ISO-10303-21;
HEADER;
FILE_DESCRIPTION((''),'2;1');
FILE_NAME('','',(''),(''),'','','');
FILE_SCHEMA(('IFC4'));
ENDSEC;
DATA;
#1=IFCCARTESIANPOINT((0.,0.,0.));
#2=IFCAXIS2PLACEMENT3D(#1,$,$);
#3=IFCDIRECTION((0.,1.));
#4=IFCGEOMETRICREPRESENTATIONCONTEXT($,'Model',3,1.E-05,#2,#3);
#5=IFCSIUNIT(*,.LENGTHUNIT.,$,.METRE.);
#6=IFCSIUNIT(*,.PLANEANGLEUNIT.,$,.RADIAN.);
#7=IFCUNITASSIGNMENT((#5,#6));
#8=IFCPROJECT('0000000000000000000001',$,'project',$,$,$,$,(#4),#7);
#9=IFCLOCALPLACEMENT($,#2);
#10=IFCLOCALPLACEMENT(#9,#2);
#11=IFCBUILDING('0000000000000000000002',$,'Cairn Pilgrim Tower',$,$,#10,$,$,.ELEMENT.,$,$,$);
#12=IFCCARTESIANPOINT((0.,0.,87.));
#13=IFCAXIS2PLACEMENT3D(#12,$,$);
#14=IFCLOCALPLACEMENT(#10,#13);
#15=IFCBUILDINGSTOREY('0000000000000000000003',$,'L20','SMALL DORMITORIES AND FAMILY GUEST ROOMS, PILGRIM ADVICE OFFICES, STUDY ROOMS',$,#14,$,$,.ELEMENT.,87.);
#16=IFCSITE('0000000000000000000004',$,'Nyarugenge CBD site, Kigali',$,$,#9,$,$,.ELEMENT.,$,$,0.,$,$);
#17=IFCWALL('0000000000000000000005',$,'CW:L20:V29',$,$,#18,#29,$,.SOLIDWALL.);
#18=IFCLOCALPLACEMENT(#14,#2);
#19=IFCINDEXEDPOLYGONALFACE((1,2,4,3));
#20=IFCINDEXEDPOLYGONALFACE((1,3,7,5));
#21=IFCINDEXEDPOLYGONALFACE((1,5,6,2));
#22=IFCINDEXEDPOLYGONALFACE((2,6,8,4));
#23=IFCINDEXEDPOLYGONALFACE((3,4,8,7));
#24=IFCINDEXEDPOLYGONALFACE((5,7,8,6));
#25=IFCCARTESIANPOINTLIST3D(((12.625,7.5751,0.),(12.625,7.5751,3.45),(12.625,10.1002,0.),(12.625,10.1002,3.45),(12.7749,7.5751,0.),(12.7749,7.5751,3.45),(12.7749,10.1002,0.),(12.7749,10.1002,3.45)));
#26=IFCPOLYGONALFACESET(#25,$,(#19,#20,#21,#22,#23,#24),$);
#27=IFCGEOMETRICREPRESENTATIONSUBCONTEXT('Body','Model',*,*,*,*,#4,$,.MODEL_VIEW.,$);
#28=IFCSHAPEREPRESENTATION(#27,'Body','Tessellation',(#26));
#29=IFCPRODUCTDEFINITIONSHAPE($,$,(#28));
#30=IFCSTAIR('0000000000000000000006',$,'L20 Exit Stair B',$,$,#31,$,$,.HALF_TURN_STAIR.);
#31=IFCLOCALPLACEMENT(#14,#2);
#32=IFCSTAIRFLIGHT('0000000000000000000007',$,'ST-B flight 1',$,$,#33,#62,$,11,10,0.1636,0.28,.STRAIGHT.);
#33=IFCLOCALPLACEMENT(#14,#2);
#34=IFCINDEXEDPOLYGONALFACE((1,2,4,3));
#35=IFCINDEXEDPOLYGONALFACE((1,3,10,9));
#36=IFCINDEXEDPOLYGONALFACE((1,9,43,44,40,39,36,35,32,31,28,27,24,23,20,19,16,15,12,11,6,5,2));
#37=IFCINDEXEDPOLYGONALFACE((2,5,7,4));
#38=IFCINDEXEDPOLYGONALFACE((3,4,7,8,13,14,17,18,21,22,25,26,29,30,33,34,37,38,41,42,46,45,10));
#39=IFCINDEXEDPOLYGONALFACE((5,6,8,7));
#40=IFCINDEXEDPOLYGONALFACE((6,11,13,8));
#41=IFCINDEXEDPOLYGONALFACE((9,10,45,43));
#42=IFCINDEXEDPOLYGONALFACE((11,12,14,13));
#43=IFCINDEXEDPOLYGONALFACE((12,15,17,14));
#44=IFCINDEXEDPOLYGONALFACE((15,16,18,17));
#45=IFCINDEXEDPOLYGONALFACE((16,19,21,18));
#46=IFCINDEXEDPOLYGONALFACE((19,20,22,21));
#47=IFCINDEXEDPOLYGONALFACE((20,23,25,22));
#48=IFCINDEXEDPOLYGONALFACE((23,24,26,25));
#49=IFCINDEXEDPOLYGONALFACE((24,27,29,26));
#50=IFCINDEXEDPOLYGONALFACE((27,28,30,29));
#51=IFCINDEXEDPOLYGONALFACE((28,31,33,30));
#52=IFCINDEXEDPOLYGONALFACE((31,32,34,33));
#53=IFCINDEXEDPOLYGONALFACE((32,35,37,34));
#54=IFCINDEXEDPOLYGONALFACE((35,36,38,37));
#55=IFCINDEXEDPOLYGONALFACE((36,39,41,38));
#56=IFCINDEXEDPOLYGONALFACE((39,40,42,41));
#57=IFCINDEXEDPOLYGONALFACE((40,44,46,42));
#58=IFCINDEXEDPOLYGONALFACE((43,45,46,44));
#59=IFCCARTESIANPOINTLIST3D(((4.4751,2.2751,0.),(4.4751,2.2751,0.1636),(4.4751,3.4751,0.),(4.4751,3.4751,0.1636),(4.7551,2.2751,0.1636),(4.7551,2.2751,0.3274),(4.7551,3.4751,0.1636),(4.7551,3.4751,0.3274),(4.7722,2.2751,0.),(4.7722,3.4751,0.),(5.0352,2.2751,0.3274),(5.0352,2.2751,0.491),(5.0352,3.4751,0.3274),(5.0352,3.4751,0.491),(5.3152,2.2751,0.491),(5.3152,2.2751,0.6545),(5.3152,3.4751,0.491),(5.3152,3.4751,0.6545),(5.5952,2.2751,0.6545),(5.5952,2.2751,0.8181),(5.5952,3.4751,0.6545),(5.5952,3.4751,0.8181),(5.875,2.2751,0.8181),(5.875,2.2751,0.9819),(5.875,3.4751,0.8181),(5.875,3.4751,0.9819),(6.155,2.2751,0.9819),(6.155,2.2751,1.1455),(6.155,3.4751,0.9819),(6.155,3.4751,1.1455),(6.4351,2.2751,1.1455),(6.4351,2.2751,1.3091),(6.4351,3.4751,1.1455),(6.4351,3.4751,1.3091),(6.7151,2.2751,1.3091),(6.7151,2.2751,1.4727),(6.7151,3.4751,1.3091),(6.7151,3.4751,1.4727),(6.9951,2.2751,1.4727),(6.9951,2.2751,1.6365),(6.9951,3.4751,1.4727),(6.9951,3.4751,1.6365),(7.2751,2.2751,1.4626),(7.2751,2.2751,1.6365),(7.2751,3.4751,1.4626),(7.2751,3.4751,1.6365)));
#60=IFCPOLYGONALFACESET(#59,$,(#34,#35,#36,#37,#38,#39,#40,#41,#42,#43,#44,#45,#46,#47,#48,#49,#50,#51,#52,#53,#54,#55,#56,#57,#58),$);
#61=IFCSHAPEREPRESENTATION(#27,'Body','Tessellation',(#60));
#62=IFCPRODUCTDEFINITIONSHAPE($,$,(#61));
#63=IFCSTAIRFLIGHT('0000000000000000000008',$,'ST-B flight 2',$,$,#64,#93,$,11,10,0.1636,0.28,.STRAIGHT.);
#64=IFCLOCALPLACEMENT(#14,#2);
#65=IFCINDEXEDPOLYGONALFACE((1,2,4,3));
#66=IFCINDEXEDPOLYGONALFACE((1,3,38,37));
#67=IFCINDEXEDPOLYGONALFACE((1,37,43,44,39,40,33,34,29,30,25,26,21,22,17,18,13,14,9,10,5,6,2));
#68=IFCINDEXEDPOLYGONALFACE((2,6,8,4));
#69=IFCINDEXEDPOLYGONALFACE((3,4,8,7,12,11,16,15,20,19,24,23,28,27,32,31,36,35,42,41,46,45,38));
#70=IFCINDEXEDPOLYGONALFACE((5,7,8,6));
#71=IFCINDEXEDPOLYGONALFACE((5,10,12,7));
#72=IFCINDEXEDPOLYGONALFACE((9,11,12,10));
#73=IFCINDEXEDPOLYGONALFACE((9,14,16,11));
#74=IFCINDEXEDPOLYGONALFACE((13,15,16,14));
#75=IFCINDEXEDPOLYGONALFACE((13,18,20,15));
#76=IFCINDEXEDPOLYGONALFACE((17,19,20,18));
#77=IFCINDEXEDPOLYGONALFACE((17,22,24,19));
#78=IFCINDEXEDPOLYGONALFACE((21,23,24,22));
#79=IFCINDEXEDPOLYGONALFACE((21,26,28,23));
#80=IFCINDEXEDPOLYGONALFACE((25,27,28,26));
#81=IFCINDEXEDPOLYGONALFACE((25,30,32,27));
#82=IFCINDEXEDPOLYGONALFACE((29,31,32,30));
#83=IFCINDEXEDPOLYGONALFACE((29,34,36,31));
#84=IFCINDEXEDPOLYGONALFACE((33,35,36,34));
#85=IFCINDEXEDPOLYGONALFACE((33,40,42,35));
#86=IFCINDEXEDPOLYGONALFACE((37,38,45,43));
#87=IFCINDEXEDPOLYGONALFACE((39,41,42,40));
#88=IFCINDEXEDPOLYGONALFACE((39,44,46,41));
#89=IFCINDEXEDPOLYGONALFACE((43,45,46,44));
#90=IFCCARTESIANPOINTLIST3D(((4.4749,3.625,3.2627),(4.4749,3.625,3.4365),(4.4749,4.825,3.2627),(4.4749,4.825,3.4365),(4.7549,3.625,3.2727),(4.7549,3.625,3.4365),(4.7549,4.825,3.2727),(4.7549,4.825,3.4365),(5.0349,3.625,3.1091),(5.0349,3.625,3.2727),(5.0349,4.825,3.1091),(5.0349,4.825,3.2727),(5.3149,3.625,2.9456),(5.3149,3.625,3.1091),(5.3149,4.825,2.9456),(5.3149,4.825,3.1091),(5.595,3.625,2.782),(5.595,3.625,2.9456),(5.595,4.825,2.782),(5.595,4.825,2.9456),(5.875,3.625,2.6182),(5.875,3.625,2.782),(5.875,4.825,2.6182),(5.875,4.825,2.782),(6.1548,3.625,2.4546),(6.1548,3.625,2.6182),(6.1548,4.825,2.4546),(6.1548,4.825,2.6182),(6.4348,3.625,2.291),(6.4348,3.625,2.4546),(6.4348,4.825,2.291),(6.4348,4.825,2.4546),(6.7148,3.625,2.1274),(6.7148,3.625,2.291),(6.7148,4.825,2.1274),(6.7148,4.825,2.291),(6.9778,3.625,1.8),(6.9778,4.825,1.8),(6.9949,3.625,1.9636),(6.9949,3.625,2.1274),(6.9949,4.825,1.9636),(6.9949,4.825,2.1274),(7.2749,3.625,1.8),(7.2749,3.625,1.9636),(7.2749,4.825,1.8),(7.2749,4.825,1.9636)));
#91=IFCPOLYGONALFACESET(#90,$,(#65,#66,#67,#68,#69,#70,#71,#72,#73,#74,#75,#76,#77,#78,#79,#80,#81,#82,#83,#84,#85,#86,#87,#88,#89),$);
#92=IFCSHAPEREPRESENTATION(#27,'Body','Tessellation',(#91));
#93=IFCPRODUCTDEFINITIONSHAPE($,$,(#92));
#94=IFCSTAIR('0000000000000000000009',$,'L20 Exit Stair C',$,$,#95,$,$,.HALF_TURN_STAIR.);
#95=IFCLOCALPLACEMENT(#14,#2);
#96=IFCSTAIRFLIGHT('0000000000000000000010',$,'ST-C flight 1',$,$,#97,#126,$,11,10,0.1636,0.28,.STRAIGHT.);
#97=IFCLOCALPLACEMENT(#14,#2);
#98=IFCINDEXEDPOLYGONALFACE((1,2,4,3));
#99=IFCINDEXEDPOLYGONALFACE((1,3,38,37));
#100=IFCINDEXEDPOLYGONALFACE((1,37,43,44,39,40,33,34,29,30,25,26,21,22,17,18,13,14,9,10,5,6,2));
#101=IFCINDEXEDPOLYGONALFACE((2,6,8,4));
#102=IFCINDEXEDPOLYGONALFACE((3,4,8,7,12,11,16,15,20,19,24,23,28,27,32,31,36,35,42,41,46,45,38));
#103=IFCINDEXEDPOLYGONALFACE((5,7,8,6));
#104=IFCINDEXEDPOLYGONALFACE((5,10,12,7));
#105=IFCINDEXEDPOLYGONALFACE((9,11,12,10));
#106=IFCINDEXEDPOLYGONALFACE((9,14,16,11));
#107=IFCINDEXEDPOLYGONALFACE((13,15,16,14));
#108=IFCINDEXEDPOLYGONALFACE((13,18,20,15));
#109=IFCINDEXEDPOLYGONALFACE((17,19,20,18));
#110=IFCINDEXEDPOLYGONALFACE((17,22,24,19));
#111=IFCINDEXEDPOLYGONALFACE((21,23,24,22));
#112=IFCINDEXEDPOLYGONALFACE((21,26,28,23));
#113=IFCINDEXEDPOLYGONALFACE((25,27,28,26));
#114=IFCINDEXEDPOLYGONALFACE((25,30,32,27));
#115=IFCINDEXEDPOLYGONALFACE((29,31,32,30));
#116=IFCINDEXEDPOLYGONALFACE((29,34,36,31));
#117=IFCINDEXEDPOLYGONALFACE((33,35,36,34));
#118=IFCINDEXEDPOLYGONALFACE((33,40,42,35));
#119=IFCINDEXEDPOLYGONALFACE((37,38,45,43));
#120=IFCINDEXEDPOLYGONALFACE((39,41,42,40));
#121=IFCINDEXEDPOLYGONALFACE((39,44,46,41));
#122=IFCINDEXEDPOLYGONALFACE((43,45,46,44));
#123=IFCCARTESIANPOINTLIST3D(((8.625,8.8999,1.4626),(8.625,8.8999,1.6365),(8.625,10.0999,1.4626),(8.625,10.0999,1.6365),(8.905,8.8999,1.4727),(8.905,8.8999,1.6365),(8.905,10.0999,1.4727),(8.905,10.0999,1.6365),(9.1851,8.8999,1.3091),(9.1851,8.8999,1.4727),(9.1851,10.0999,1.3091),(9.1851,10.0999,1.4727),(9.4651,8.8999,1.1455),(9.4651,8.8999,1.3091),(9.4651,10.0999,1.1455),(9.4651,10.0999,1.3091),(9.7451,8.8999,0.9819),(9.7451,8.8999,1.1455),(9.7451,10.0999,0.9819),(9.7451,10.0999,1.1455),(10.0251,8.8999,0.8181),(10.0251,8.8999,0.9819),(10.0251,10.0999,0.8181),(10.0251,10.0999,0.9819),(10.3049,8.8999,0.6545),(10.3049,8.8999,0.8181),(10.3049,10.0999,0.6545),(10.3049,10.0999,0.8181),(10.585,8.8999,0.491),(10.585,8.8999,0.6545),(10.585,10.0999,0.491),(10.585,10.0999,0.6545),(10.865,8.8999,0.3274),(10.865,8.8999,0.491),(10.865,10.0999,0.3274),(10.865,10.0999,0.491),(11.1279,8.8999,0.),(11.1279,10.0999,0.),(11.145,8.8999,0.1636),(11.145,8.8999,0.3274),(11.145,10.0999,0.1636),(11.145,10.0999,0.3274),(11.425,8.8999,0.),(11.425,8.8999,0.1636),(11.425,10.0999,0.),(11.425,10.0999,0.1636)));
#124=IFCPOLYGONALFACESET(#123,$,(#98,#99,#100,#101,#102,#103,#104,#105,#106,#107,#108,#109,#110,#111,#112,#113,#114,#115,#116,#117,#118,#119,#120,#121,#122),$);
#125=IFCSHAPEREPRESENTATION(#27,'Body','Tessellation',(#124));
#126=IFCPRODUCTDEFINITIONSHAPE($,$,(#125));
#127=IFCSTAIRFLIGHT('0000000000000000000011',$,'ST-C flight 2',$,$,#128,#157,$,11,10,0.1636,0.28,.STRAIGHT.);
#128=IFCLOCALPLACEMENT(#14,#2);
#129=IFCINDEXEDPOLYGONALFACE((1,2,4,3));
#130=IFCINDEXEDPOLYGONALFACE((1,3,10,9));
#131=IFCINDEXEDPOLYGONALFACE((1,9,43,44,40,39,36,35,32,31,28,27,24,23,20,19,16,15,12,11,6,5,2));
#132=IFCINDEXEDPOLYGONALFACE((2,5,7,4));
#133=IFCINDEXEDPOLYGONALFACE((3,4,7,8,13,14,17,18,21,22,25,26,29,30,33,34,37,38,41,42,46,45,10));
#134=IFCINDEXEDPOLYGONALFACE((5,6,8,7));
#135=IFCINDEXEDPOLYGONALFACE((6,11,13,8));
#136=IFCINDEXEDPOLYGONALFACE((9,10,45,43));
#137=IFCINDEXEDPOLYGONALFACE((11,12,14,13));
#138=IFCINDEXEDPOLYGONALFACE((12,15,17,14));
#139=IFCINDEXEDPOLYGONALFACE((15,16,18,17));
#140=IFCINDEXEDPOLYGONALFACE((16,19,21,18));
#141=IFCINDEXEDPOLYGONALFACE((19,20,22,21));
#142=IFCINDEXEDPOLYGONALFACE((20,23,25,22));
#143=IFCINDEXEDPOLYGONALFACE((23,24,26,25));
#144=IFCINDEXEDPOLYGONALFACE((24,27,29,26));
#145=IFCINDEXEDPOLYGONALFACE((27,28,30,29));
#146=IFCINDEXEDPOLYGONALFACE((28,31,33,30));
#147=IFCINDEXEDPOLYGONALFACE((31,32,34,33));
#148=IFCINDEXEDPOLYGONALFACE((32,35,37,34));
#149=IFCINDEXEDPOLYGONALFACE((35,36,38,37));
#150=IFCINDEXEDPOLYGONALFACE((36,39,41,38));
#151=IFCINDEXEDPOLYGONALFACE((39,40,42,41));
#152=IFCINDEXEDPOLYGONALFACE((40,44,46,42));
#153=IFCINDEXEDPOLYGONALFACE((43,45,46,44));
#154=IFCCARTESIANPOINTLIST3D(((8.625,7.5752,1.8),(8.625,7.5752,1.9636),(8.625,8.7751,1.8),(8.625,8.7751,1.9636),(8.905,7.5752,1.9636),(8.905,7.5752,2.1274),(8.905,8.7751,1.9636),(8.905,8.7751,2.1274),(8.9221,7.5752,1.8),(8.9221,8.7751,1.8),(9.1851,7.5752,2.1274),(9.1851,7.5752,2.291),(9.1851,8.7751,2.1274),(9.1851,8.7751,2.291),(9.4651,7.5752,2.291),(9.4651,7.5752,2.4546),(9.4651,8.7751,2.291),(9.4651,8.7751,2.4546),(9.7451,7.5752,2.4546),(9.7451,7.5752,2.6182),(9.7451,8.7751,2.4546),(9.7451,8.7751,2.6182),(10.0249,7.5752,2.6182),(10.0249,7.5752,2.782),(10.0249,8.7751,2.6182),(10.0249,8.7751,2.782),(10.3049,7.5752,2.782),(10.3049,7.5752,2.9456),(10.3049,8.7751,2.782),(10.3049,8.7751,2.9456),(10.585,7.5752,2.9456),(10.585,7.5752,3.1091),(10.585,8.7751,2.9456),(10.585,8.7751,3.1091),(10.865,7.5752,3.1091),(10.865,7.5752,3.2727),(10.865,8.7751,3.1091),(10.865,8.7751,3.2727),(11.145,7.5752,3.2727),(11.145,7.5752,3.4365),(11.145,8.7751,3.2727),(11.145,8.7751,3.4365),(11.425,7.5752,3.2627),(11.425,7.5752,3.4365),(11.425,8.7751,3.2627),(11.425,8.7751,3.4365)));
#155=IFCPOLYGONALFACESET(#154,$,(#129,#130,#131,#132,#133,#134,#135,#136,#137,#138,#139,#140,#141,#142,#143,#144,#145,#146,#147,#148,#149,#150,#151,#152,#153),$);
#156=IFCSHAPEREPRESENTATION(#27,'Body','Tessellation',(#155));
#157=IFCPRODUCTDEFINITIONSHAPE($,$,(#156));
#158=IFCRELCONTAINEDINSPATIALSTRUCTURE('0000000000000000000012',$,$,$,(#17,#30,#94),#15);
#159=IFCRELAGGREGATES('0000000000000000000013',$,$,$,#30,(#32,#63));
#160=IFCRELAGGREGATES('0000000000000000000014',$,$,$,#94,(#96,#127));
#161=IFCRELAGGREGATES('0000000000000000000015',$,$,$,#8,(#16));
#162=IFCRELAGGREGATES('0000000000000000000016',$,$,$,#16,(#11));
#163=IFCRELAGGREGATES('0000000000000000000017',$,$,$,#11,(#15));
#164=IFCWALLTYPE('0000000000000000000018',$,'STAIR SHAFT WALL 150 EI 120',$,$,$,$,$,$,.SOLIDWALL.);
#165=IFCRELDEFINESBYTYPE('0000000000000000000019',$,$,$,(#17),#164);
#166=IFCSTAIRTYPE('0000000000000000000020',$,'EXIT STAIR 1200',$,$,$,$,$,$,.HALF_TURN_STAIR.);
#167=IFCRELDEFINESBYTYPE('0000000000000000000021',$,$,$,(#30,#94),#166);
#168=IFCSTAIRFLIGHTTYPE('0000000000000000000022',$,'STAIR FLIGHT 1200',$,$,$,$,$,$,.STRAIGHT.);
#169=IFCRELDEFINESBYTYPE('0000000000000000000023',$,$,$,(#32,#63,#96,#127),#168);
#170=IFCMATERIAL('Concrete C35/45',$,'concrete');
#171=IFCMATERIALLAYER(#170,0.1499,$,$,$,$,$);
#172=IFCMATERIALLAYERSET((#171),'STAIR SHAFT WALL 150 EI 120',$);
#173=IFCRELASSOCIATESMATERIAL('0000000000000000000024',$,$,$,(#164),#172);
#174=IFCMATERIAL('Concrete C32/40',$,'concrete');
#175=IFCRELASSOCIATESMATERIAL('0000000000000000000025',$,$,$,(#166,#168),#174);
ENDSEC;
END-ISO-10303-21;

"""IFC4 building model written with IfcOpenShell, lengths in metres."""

from ifc_helpers import new_model, si_unit, direction, frame, frame_2d, origin, place, context, subcontext, project, spatial, polyline, rectangle, outline, extrude, material, layer, layer_set, type_object, element, aggregate, save


model = new_model("IFC4")

# Units and contexts
model_context = context("Model", 3, precision=1e-05, world=origin(), true_north=direction((0.0, 1.0)))
body_context = subcontext(model_context, "Body", "Model", "MODEL_VIEW")
ifc_project = project(units=[si_unit("LENGTHUNIT", "METRE"), si_unit("PLANEANGLEUNIT", "RADIAN")], contexts=[model_context])

# Site, building, storey
site_placement = place(None, origin())
site = spatial("IfcSite", under=ifc_project, at=site_placement, Name="Nyarugenge CBD site, Kigali", CompositionType="ELEMENT", RefElevation=0.0)
building_placement = place(site_placement, origin())
building = spatial("IfcBuilding", under=site, at=building_placement, Name="Cairn Pilgrim Tower", CompositionType="ELEMENT")
storey_placement = place(building_placement, frame((0.0, 0.0, 87.0)))
storey = spatial("IfcBuildingStorey", under=building, at=storey_placement, Name="L20", Description="SMALL DORMITORIES AND FAMILY GUEST ROOMS, PILGRIM ADVICE OFFICES, STUDY ROOMS", CompositionType="ELEMENT", Elevation=87.0)

# Shared definitions
ifc_material_1 = material(Name="Concrete C32/40", Category="concrete")

# Shared definitions
ifc_material_2 = material(Name="Concrete C35/45", Category="concrete")
ifc_layer_1 = layer(ifc_material_2, 0.1499)
ifc_layer_set_1 = layer_set([ifc_layer_1], Name="STAIR SHAFT WALL 150 EI 120")
wall_type_1 = type_object("IfcWallType", Name="STAIR SHAFT WALL 150 EI 120", PredefinedType="SOLIDWALL", material=ifc_layer_set_1)

# Wall
wall_1_placement = place(storey_placement, frame((12.7, 7.575, 0.0), z_axis=(0.0, 0.0, 1.0), x_axis=(0.0, 1.0, 0.0)))
element("IfcWall", 1, at=wall_1_placement, inside=storey, type_object=wall_type_1, Name="CW:L20:V29", PredefinedType="SOLIDWALL", context=body_context, shape_type="SweptSolid", body=[
    extrude(rectangle(XDim=2.5251, YDim=0.1499, at=frame_2d((1.2627, 0.0))), origin(), (0.0, 0.0, 1.0), 3.45),
])

# Stairs, stair flights
stair_type = type_object("IfcStairType", Name="EXIT STAIR 1200", PredefinedType="HALF_TURN_STAIR", material=ifc_material_1)
stair_1_placement = place(storey_placement, origin())
stair_1 = element("IfcStair", 2, at=stair_1_placement, inside=storey, type_object=stair_type, Name="L20 Exit Stair B", PredefinedType="HALF_TURN_STAIR")
stair_flight_type = type_object("IfcStairFlightType", Name="STAIR FLIGHT 1200", PredefinedType="STRAIGHT", material=ifc_material_1)
stair_flight_1_placement = place(storey_placement, frame((4.4751, 2.875, 0.0), z_axis=(0.0, 0.0, 1.0), x_axis=(1.0, 0.0, 0.0)))
stair_flight_1 = element("IfcStairFlight", 3, at=stair_flight_1_placement, type_object=stair_flight_type, Name="ST-B flight 1", NumberOfRisers=11, NumberOfTreads=10, PredefinedType="STRAIGHT", RiserHeight=0.1636, TreadLength=0.28, context=body_context, shape_type="SweptSolid", body=[
    extrude(outline(polyline([(0.0, 0.0), (0.0, 0.1636), (0.28, 0.1636), (0.28, 0.3274), (0.5601, 0.3274), (0.5601, 0.491), (0.8401, 0.491), (0.8401, 0.6545), (1.1201, 0.6545), (1.1201, 0.8181), (1.3999, 0.8181), (1.3999, 0.9819), (1.6799, 0.9819), (1.6799, 1.1455), (1.96, 1.1455), (1.96, 1.3091), (2.24, 1.3091), (2.24, 1.4727), (2.52, 1.4727), (2.52, 1.6365), (2.8, 1.6365), (2.8, 1.8), (2.8, 1.4626), (0.2971, 0.0), (0.0, 0.0)])), frame((0.0, 0.6001, 0.0), z_axis=(0.0, -1.0, 0.0), x_axis=(1.0, 0.0, 0.0)), (0.0, 0.0, 1.0), 1.2),
])
stair_flight_2_placement = place(storey_placement, frame((7.2749, 4.2251, 1.8), z_axis=(0.0, 0.0, 1.0), x_axis=(-1.0, 0.0, 0.0)))
stair_flight_2 = element("IfcStairFlight", 4, at=stair_flight_2_placement, type_object=stair_flight_type, Name="ST-B flight 2", NumberOfRisers=11, NumberOfTreads=10, PredefinedType="STRAIGHT", RiserHeight=0.1636, TreadLength=0.28, context=body_context, shape_type="SweptSolid", body=[
    extrude(outline(polyline([(0.0, 0.0), (0.0, 0.1636), (0.28, 0.1636), (0.28, 0.3274), (0.5601, 0.3274), (0.5601, 0.491), (0.8401, 0.491), (0.8401, 0.6545), (1.1201, 0.6545), (1.1201, 0.8181), (1.3999, 0.8181), (1.3999, 0.9819), (1.6799, 0.9819), (1.6799, 1.1455), (1.96, 1.1455), (1.96, 1.3091), (2.24, 1.3091), (2.24, 1.4727), (2.52, 1.4727), (2.52, 1.6365), (2.8, 1.6365), (2.8, 1.8), (2.8, 1.4626), (0.2971, 0.0), (0.0, 0.0)])), frame((0.0, 0.6001, 0.0), z_axis=(0.0, -1.0, 0.0), x_axis=(1.0, 0.0, 0.0)), (0.0, 0.0, 1.0), 1.2),
])
aggregate(stair_1, [stair_flight_1, stair_flight_2])
stair_2_placement = place(storey_placement, origin())
stair_2 = element("IfcStair", 5, at=stair_2_placement, inside=storey, type_object=stair_type, Name="L20 Exit Stair C", PredefinedType="HALF_TURN_STAIR")
stair_flight_3_placement = place(storey_placement, frame((11.425, 9.5, 0.0), z_axis=(0.0, 0.0, 1.0), x_axis=(-1.0, 0.0, 0.0)))
stair_flight_3 = element("IfcStairFlight", 6, at=stair_flight_3_placement, type_object=stair_flight_type, Name="ST-C flight 1", NumberOfRisers=11, NumberOfTreads=10, PredefinedType="STRAIGHT", RiserHeight=0.1636, TreadLength=0.28, context=body_context, shape_type="SweptSolid", body=[
    extrude(outline(polyline([(0.0, 0.0), (0.0, 0.1636), (0.28, 0.1636), (0.28, 0.3274), (0.5601, 0.3274), (0.5601, 0.491), (0.8401, 0.491), (0.8401, 0.6545), (1.1201, 0.6545), (1.1201, 0.8181), (1.3999, 0.8181), (1.3999, 0.9819), (1.6799, 0.9819), (1.6799, 1.1455), (1.96, 1.1455), (1.96, 1.3091), (2.24, 1.3091), (2.24, 1.4727), (2.52, 1.4727), (2.52, 1.6365), (2.8, 1.6365), (2.8, 1.8), (2.8, 1.4626), (0.2971, 0.0), (0.0, 0.0)])), frame((0.0, 0.6001, 0.0), z_axis=(0.0, -1.0, 0.0), x_axis=(1.0, 0.0, 0.0)), (0.0, 0.0, 1.0), 1.2),
])
stair_flight_4_placement = place(storey_placement, frame((8.625, 8.175, 1.8), z_axis=(0.0, 0.0, 1.0), x_axis=(1.0, 0.0, 0.0)))
stair_flight_4 = element("IfcStairFlight", 7, at=stair_flight_4_placement, type_object=stair_flight_type, Name="ST-C flight 2", NumberOfRisers=11, NumberOfTreads=10, PredefinedType="STRAIGHT", RiserHeight=0.1636, TreadLength=0.28, context=body_context, shape_type="SweptSolid", body=[
    extrude(outline(polyline([(0.0, 0.0), (0.0, 0.1636), (0.28, 0.1636), (0.28, 0.3274), (0.5601, 0.3274), (0.5601, 0.491), (0.8401, 0.491), (0.8401, 0.6545), (1.1201, 0.6545), (1.1201, 0.8181), (1.3999, 0.8181), (1.3999, 0.9819), (1.6799, 0.9819), (1.6799, 1.1455), (1.96, 1.1455), (1.96, 1.3091), (2.24, 1.3091), (2.24, 1.4727), (2.52, 1.4727), (2.52, 1.6365), (2.8, 1.6365), (2.8, 1.8), (2.8, 1.4626), (0.2971, 0.0), (0.0, 0.0)])), frame((0.0, 0.6001, 0.0), z_axis=(0.0, -1.0, 0.0), x_axis=(1.0, 0.0, 0.0)), (0.0, 0.0, 1.0), 1.2),
])
aggregate(stair_2, [stair_flight_3, stair_flight_4])

save(model, "model.ifc")
